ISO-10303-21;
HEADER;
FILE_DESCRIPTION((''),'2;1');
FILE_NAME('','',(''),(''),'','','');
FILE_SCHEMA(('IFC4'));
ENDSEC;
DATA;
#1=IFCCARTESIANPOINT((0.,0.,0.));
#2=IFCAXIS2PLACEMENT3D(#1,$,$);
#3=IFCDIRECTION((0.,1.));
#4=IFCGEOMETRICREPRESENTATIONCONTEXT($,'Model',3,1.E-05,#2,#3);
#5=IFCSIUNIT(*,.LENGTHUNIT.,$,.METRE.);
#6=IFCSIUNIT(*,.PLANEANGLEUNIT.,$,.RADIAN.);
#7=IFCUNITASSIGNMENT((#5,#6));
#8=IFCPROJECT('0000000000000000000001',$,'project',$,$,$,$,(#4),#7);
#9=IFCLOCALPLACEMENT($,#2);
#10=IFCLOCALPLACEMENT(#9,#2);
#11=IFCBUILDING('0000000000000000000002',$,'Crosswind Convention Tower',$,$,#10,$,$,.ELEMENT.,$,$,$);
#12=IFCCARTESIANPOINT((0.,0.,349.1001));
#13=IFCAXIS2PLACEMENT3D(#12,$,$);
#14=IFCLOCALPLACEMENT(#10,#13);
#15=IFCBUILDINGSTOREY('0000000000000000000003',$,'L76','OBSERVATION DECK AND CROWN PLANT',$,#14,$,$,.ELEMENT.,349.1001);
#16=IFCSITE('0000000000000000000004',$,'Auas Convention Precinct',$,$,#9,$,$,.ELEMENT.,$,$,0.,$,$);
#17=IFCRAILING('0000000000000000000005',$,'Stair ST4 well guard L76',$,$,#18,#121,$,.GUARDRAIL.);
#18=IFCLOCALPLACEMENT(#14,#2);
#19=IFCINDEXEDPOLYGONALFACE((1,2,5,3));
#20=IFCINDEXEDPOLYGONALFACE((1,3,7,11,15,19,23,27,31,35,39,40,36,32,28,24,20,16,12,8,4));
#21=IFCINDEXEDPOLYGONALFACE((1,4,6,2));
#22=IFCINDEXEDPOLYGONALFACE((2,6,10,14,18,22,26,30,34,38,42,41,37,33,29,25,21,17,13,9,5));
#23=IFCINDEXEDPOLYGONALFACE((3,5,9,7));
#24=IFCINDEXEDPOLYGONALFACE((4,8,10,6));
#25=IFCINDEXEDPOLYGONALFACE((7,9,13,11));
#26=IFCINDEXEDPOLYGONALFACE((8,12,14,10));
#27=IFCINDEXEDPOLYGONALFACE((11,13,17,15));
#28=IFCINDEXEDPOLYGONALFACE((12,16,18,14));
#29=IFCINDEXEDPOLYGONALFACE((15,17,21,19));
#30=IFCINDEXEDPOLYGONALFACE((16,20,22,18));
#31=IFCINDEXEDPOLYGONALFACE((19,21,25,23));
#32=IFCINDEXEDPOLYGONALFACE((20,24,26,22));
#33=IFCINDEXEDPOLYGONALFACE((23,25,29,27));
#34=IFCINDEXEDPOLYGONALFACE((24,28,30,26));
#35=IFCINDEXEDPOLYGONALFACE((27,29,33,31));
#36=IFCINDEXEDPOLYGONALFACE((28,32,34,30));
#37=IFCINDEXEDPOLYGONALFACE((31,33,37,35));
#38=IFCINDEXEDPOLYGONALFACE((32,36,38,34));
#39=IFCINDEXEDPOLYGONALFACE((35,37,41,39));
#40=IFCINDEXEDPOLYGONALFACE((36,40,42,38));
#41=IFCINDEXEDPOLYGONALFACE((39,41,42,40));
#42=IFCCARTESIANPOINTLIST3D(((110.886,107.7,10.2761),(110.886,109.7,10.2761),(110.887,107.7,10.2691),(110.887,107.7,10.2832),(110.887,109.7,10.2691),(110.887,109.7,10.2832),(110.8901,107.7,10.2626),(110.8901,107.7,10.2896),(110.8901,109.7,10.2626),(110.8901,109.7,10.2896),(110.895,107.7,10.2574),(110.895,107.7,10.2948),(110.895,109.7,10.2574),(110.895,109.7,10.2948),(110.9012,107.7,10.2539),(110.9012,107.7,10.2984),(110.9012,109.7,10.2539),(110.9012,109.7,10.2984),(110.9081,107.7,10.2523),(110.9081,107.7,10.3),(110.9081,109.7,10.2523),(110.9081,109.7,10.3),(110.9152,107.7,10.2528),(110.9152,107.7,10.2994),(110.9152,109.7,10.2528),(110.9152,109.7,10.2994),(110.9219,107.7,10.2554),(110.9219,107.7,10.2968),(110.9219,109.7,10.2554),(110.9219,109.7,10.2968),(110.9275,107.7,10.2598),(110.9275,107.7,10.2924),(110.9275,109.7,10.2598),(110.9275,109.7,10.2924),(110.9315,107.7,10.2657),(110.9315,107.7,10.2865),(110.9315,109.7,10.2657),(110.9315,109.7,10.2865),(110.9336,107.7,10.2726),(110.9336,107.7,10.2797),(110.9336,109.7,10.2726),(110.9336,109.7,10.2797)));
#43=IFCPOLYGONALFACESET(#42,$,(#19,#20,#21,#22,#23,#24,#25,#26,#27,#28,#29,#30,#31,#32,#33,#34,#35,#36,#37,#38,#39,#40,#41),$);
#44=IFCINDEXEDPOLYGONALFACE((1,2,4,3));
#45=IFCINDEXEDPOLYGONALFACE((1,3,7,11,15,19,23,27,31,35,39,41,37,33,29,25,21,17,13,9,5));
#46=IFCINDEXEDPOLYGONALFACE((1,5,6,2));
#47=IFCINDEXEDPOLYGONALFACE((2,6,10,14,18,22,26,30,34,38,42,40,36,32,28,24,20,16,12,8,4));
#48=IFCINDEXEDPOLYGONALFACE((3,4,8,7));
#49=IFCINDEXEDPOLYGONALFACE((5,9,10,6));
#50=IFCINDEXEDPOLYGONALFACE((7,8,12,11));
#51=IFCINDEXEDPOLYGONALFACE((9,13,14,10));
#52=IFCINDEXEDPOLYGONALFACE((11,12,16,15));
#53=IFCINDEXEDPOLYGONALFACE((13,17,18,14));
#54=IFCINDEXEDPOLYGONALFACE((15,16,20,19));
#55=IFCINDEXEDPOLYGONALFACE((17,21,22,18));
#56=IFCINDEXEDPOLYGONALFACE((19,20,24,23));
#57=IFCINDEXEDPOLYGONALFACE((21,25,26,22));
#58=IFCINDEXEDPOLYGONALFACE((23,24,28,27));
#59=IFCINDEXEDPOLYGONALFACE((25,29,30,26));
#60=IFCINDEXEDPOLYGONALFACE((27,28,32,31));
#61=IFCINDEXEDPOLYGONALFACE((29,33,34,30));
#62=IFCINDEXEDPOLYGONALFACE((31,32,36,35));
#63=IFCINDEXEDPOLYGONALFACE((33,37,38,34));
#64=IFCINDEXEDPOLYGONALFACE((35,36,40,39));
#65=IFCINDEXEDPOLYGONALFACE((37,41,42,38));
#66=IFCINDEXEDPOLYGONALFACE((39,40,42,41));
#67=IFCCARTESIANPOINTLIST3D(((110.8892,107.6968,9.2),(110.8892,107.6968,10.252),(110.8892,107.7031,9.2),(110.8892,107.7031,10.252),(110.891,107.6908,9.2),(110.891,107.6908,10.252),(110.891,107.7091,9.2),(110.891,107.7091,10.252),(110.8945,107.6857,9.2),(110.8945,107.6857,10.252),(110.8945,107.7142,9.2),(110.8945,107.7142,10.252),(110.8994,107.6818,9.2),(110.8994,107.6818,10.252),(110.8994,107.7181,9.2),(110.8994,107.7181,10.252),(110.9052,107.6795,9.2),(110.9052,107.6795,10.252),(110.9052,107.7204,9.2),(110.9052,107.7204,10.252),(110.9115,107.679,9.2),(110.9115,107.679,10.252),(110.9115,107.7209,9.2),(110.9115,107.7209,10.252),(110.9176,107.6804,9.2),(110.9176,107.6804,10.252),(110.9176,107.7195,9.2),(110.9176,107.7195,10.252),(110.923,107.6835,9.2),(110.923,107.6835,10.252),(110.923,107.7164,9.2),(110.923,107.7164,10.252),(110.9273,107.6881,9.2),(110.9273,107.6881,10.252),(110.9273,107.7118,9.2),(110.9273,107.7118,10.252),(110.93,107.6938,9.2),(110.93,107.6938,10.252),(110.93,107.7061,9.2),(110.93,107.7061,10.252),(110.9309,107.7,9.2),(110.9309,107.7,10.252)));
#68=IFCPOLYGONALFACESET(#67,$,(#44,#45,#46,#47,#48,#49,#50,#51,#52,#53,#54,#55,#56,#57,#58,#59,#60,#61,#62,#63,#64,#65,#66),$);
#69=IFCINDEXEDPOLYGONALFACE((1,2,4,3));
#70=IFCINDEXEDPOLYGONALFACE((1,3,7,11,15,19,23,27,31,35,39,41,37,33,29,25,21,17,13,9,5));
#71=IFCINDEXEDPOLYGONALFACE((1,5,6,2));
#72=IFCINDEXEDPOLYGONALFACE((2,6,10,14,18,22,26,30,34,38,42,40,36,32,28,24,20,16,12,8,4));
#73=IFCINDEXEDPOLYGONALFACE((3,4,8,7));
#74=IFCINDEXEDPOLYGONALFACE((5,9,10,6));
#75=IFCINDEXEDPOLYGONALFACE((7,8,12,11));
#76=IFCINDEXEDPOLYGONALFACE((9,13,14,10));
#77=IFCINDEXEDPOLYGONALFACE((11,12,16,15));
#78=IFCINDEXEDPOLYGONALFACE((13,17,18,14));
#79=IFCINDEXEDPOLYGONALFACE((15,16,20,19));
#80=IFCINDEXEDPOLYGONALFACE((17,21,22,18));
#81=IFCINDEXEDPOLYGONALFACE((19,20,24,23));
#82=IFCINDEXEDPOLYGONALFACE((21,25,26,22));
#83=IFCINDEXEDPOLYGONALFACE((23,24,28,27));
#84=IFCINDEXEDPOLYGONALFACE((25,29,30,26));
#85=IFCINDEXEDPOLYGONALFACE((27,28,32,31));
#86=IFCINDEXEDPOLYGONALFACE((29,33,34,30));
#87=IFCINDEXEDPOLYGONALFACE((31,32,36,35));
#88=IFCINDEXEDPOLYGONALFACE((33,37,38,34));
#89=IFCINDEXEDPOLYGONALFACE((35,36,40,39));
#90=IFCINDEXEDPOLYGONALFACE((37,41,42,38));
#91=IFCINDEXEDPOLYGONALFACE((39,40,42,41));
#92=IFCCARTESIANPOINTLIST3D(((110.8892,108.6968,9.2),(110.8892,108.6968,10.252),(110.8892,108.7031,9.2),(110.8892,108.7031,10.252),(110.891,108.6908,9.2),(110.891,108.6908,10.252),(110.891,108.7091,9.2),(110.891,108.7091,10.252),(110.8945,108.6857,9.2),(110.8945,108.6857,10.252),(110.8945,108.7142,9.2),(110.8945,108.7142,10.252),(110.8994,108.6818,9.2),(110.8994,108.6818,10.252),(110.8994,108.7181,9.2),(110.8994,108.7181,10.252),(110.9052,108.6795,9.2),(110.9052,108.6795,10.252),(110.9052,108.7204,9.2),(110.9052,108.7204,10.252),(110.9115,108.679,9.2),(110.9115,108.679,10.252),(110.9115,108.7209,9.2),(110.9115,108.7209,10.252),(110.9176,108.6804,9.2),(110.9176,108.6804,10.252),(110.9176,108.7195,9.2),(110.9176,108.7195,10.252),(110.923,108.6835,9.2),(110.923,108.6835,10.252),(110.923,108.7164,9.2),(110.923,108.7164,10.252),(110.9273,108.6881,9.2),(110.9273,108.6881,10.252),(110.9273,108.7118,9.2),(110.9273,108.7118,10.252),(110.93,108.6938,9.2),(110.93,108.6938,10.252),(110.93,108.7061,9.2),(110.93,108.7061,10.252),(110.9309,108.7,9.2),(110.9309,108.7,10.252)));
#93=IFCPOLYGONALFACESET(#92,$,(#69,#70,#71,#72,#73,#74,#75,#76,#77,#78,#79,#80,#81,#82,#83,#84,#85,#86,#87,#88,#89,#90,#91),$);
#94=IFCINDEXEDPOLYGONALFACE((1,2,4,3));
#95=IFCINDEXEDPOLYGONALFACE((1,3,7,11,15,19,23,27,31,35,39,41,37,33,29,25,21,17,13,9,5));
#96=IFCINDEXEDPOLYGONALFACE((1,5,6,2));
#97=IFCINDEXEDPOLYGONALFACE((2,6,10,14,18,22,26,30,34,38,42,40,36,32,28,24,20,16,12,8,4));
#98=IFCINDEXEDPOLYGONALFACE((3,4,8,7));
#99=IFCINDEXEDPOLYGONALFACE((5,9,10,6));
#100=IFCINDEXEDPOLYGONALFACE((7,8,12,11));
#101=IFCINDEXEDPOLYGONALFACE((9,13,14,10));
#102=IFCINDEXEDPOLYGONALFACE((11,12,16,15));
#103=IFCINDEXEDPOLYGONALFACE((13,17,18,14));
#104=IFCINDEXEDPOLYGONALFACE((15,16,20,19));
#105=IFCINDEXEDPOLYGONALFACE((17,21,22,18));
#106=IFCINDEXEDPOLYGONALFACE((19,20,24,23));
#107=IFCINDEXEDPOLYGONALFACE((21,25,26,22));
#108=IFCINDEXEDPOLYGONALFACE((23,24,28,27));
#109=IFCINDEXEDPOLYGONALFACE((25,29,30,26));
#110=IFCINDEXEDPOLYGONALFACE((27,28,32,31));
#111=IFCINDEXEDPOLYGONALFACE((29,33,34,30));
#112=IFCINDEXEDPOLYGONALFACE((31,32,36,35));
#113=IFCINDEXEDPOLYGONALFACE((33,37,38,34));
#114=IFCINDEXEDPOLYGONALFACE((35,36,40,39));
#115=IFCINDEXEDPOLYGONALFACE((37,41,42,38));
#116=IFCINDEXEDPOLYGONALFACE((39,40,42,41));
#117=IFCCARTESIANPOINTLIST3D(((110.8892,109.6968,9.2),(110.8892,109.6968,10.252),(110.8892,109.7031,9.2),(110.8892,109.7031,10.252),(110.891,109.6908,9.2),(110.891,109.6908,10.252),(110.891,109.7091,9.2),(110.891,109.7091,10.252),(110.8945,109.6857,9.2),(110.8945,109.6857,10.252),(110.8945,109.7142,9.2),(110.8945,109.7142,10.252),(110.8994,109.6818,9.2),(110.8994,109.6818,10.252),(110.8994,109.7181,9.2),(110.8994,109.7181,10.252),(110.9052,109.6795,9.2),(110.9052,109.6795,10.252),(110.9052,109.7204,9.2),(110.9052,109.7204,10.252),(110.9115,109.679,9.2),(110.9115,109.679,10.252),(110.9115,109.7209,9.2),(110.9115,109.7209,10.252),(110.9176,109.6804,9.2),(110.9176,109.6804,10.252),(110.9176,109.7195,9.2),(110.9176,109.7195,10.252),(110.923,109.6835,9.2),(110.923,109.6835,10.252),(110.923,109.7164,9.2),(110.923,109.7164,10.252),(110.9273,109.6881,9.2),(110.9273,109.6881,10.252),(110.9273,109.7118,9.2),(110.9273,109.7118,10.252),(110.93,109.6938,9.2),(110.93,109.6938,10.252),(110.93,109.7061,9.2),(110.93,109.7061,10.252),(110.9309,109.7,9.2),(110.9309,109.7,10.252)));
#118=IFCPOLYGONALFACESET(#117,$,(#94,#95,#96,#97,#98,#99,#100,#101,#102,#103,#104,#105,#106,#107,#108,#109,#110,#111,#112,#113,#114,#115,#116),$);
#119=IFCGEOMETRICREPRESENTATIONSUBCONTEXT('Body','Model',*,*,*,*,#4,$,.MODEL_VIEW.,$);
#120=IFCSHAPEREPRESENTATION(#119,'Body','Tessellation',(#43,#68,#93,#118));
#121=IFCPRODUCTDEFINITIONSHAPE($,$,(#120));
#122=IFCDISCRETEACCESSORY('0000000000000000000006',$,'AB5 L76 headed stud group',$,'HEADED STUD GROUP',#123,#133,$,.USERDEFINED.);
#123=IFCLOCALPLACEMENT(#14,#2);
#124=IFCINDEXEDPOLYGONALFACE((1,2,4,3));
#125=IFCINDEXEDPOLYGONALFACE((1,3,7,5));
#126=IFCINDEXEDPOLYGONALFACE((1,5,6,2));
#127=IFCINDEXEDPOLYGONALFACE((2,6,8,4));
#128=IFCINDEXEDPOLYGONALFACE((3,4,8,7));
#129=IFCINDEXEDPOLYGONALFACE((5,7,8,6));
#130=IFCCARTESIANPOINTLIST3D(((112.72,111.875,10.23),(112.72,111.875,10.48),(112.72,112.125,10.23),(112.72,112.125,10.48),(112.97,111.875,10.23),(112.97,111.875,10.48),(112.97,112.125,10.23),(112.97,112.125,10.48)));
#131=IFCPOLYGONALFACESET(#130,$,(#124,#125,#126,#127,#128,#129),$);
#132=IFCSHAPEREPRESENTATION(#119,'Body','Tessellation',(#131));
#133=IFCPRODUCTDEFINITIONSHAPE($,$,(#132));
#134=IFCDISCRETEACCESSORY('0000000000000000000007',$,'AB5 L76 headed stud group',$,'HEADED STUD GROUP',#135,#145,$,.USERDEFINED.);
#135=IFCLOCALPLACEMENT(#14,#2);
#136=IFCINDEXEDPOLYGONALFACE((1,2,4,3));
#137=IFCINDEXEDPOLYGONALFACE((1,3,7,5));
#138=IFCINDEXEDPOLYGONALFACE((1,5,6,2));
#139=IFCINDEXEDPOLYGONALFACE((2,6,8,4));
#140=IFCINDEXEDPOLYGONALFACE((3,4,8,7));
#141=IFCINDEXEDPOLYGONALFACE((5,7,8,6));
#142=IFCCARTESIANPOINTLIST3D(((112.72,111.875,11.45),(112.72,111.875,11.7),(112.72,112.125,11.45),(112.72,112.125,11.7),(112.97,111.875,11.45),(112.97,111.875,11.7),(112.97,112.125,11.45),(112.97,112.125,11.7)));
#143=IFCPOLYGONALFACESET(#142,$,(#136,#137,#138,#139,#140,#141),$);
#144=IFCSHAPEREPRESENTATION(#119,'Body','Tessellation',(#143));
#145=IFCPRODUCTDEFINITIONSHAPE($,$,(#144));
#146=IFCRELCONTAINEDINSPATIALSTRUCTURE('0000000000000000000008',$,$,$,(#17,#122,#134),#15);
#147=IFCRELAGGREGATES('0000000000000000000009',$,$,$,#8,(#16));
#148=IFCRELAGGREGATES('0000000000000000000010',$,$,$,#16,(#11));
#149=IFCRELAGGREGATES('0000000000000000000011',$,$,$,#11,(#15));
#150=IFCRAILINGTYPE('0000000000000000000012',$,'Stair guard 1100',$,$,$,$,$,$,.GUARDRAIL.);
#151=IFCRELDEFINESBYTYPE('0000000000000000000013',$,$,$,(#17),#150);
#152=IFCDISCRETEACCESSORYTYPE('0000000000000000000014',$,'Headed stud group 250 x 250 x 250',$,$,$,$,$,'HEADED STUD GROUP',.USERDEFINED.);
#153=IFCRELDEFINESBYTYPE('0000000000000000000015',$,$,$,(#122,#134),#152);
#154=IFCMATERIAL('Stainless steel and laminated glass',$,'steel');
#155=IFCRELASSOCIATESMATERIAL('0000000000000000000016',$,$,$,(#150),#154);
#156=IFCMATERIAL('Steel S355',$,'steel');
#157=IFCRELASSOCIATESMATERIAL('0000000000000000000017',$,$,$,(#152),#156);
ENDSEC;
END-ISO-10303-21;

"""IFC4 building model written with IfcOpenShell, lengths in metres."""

from ifc_helpers import new_model, si_unit, direction, frame, origin, origin_2d, place, context, subcontext, project, spatial, rectangle, circle, extrude, material, type_object, element, save


model = new_model("IFC4")

# Units and contexts
model_context = context("Model", 3, precision=1e-05, world=origin(), true_north=direction((0.0, 1.0)))
body_context = subcontext(model_context, "Body", "Model", "MODEL_VIEW")
ifc_project = project(units=[si_unit("LENGTHUNIT", "METRE"), si_unit("PLANEANGLEUNIT", "RADIAN")], contexts=[model_context])

# Site, building, storey
site_placement = place(None, origin())
site = spatial("IfcSite", under=ifc_project, at=site_placement, Name="Auas Convention Precinct", CompositionType="ELEMENT", RefElevation=0.0)
building_placement = place(site_placement, origin())
building = spatial("IfcBuilding", under=site, at=building_placement, Name="Crosswind Convention Tower", CompositionType="ELEMENT")
storey_placement = place(building_placement, frame((0.0, 0.0, 349.1001)))
storey = spatial("IfcBuildingStorey", under=building, at=storey_placement, Name="L76", Description="OBSERVATION DECK AND CROWN PLANT", CompositionType="ELEMENT", Elevation=349.1001)

# Railing
ifc_material_1 = material(Name="Stainless steel and laminated glass", Category="steel")
railing_type_1 = type_object("IfcRailingType", Name="Stair guard 1100", PredefinedType="GUARDRAIL", material=ifc_material_1)
railing_1_placement = place(storey_placement, frame((110.9099, 107.7, 9.2)))
element("IfcRailing", 1, at=railing_1_placement, inside=storey, type_object=railing_type_1, Name="Stair ST4 well guard L76", PredefinedType="GUARDRAIL", context=body_context, shape_type="SweptSolid", body=[
    extrude(circle(Radius=0.0239, at=origin_2d()), frame((0.0, 0.0, 1.0762), z_axis=(0.0, 1.0, 0.0), x_axis=(-1.0, 0.0, 0.0)), (0.0, 0.0, 1.0), 2.0),
    extrude(circle(Radius=0.021, at=origin_2d()), origin(), (0.0, 0.0, 1.0), 1.052),
    extrude(circle(Radius=0.021, at=origin_2d()), frame((0.0, 1.0, 0.0)), (0.0, 0.0, 1.0), 1.052),
    extrude(circle(Radius=0.021, at=origin_2d()), frame((0.0, 2.0, 0.0)), (0.0, 0.0, 1.0), 1.052),
])

# Discrete accessories
ifc_material_2 = material(Name="Steel S355", Category="steel")
discrete_accessory_type = type_object("IfcDiscreteAccessoryType", Name="Headed stud group 250 x 250 x 250", ElementType="HEADED STUD GROUP", PredefinedType="USERDEFINED", material=ifc_material_2)
for number, where, z_axis, x_axis, name in (
    (2, (112.845, 112.0, 10.23), (0.0, 0.0, 1.0), (1.0, 0.0, 0.0), "AB5 L76 headed stud group"),
    (3, (112.845, 112.0, 11.45), (0.0, 0.0, 1.0), (1.0, 0.0, 0.0), "AB5 L76 headed stud group"),
):
    element("IfcDiscreteAccessory", number, at=place(storey_placement, frame(where, z_axis=z_axis, x_axis=x_axis)), inside=storey, type_object=discrete_accessory_type, Name=name, ObjectType="HEADED STUD GROUP", PredefinedType="USERDEFINED", context=body_context, shape_type="SweptSolid", body=[
        extrude(rectangle(XDim=0.25, YDim=0.25, at=origin_2d()), origin(), (0.0, 0.0, 1.0), 0.25),
    ])

save(model, "model.ifc")
